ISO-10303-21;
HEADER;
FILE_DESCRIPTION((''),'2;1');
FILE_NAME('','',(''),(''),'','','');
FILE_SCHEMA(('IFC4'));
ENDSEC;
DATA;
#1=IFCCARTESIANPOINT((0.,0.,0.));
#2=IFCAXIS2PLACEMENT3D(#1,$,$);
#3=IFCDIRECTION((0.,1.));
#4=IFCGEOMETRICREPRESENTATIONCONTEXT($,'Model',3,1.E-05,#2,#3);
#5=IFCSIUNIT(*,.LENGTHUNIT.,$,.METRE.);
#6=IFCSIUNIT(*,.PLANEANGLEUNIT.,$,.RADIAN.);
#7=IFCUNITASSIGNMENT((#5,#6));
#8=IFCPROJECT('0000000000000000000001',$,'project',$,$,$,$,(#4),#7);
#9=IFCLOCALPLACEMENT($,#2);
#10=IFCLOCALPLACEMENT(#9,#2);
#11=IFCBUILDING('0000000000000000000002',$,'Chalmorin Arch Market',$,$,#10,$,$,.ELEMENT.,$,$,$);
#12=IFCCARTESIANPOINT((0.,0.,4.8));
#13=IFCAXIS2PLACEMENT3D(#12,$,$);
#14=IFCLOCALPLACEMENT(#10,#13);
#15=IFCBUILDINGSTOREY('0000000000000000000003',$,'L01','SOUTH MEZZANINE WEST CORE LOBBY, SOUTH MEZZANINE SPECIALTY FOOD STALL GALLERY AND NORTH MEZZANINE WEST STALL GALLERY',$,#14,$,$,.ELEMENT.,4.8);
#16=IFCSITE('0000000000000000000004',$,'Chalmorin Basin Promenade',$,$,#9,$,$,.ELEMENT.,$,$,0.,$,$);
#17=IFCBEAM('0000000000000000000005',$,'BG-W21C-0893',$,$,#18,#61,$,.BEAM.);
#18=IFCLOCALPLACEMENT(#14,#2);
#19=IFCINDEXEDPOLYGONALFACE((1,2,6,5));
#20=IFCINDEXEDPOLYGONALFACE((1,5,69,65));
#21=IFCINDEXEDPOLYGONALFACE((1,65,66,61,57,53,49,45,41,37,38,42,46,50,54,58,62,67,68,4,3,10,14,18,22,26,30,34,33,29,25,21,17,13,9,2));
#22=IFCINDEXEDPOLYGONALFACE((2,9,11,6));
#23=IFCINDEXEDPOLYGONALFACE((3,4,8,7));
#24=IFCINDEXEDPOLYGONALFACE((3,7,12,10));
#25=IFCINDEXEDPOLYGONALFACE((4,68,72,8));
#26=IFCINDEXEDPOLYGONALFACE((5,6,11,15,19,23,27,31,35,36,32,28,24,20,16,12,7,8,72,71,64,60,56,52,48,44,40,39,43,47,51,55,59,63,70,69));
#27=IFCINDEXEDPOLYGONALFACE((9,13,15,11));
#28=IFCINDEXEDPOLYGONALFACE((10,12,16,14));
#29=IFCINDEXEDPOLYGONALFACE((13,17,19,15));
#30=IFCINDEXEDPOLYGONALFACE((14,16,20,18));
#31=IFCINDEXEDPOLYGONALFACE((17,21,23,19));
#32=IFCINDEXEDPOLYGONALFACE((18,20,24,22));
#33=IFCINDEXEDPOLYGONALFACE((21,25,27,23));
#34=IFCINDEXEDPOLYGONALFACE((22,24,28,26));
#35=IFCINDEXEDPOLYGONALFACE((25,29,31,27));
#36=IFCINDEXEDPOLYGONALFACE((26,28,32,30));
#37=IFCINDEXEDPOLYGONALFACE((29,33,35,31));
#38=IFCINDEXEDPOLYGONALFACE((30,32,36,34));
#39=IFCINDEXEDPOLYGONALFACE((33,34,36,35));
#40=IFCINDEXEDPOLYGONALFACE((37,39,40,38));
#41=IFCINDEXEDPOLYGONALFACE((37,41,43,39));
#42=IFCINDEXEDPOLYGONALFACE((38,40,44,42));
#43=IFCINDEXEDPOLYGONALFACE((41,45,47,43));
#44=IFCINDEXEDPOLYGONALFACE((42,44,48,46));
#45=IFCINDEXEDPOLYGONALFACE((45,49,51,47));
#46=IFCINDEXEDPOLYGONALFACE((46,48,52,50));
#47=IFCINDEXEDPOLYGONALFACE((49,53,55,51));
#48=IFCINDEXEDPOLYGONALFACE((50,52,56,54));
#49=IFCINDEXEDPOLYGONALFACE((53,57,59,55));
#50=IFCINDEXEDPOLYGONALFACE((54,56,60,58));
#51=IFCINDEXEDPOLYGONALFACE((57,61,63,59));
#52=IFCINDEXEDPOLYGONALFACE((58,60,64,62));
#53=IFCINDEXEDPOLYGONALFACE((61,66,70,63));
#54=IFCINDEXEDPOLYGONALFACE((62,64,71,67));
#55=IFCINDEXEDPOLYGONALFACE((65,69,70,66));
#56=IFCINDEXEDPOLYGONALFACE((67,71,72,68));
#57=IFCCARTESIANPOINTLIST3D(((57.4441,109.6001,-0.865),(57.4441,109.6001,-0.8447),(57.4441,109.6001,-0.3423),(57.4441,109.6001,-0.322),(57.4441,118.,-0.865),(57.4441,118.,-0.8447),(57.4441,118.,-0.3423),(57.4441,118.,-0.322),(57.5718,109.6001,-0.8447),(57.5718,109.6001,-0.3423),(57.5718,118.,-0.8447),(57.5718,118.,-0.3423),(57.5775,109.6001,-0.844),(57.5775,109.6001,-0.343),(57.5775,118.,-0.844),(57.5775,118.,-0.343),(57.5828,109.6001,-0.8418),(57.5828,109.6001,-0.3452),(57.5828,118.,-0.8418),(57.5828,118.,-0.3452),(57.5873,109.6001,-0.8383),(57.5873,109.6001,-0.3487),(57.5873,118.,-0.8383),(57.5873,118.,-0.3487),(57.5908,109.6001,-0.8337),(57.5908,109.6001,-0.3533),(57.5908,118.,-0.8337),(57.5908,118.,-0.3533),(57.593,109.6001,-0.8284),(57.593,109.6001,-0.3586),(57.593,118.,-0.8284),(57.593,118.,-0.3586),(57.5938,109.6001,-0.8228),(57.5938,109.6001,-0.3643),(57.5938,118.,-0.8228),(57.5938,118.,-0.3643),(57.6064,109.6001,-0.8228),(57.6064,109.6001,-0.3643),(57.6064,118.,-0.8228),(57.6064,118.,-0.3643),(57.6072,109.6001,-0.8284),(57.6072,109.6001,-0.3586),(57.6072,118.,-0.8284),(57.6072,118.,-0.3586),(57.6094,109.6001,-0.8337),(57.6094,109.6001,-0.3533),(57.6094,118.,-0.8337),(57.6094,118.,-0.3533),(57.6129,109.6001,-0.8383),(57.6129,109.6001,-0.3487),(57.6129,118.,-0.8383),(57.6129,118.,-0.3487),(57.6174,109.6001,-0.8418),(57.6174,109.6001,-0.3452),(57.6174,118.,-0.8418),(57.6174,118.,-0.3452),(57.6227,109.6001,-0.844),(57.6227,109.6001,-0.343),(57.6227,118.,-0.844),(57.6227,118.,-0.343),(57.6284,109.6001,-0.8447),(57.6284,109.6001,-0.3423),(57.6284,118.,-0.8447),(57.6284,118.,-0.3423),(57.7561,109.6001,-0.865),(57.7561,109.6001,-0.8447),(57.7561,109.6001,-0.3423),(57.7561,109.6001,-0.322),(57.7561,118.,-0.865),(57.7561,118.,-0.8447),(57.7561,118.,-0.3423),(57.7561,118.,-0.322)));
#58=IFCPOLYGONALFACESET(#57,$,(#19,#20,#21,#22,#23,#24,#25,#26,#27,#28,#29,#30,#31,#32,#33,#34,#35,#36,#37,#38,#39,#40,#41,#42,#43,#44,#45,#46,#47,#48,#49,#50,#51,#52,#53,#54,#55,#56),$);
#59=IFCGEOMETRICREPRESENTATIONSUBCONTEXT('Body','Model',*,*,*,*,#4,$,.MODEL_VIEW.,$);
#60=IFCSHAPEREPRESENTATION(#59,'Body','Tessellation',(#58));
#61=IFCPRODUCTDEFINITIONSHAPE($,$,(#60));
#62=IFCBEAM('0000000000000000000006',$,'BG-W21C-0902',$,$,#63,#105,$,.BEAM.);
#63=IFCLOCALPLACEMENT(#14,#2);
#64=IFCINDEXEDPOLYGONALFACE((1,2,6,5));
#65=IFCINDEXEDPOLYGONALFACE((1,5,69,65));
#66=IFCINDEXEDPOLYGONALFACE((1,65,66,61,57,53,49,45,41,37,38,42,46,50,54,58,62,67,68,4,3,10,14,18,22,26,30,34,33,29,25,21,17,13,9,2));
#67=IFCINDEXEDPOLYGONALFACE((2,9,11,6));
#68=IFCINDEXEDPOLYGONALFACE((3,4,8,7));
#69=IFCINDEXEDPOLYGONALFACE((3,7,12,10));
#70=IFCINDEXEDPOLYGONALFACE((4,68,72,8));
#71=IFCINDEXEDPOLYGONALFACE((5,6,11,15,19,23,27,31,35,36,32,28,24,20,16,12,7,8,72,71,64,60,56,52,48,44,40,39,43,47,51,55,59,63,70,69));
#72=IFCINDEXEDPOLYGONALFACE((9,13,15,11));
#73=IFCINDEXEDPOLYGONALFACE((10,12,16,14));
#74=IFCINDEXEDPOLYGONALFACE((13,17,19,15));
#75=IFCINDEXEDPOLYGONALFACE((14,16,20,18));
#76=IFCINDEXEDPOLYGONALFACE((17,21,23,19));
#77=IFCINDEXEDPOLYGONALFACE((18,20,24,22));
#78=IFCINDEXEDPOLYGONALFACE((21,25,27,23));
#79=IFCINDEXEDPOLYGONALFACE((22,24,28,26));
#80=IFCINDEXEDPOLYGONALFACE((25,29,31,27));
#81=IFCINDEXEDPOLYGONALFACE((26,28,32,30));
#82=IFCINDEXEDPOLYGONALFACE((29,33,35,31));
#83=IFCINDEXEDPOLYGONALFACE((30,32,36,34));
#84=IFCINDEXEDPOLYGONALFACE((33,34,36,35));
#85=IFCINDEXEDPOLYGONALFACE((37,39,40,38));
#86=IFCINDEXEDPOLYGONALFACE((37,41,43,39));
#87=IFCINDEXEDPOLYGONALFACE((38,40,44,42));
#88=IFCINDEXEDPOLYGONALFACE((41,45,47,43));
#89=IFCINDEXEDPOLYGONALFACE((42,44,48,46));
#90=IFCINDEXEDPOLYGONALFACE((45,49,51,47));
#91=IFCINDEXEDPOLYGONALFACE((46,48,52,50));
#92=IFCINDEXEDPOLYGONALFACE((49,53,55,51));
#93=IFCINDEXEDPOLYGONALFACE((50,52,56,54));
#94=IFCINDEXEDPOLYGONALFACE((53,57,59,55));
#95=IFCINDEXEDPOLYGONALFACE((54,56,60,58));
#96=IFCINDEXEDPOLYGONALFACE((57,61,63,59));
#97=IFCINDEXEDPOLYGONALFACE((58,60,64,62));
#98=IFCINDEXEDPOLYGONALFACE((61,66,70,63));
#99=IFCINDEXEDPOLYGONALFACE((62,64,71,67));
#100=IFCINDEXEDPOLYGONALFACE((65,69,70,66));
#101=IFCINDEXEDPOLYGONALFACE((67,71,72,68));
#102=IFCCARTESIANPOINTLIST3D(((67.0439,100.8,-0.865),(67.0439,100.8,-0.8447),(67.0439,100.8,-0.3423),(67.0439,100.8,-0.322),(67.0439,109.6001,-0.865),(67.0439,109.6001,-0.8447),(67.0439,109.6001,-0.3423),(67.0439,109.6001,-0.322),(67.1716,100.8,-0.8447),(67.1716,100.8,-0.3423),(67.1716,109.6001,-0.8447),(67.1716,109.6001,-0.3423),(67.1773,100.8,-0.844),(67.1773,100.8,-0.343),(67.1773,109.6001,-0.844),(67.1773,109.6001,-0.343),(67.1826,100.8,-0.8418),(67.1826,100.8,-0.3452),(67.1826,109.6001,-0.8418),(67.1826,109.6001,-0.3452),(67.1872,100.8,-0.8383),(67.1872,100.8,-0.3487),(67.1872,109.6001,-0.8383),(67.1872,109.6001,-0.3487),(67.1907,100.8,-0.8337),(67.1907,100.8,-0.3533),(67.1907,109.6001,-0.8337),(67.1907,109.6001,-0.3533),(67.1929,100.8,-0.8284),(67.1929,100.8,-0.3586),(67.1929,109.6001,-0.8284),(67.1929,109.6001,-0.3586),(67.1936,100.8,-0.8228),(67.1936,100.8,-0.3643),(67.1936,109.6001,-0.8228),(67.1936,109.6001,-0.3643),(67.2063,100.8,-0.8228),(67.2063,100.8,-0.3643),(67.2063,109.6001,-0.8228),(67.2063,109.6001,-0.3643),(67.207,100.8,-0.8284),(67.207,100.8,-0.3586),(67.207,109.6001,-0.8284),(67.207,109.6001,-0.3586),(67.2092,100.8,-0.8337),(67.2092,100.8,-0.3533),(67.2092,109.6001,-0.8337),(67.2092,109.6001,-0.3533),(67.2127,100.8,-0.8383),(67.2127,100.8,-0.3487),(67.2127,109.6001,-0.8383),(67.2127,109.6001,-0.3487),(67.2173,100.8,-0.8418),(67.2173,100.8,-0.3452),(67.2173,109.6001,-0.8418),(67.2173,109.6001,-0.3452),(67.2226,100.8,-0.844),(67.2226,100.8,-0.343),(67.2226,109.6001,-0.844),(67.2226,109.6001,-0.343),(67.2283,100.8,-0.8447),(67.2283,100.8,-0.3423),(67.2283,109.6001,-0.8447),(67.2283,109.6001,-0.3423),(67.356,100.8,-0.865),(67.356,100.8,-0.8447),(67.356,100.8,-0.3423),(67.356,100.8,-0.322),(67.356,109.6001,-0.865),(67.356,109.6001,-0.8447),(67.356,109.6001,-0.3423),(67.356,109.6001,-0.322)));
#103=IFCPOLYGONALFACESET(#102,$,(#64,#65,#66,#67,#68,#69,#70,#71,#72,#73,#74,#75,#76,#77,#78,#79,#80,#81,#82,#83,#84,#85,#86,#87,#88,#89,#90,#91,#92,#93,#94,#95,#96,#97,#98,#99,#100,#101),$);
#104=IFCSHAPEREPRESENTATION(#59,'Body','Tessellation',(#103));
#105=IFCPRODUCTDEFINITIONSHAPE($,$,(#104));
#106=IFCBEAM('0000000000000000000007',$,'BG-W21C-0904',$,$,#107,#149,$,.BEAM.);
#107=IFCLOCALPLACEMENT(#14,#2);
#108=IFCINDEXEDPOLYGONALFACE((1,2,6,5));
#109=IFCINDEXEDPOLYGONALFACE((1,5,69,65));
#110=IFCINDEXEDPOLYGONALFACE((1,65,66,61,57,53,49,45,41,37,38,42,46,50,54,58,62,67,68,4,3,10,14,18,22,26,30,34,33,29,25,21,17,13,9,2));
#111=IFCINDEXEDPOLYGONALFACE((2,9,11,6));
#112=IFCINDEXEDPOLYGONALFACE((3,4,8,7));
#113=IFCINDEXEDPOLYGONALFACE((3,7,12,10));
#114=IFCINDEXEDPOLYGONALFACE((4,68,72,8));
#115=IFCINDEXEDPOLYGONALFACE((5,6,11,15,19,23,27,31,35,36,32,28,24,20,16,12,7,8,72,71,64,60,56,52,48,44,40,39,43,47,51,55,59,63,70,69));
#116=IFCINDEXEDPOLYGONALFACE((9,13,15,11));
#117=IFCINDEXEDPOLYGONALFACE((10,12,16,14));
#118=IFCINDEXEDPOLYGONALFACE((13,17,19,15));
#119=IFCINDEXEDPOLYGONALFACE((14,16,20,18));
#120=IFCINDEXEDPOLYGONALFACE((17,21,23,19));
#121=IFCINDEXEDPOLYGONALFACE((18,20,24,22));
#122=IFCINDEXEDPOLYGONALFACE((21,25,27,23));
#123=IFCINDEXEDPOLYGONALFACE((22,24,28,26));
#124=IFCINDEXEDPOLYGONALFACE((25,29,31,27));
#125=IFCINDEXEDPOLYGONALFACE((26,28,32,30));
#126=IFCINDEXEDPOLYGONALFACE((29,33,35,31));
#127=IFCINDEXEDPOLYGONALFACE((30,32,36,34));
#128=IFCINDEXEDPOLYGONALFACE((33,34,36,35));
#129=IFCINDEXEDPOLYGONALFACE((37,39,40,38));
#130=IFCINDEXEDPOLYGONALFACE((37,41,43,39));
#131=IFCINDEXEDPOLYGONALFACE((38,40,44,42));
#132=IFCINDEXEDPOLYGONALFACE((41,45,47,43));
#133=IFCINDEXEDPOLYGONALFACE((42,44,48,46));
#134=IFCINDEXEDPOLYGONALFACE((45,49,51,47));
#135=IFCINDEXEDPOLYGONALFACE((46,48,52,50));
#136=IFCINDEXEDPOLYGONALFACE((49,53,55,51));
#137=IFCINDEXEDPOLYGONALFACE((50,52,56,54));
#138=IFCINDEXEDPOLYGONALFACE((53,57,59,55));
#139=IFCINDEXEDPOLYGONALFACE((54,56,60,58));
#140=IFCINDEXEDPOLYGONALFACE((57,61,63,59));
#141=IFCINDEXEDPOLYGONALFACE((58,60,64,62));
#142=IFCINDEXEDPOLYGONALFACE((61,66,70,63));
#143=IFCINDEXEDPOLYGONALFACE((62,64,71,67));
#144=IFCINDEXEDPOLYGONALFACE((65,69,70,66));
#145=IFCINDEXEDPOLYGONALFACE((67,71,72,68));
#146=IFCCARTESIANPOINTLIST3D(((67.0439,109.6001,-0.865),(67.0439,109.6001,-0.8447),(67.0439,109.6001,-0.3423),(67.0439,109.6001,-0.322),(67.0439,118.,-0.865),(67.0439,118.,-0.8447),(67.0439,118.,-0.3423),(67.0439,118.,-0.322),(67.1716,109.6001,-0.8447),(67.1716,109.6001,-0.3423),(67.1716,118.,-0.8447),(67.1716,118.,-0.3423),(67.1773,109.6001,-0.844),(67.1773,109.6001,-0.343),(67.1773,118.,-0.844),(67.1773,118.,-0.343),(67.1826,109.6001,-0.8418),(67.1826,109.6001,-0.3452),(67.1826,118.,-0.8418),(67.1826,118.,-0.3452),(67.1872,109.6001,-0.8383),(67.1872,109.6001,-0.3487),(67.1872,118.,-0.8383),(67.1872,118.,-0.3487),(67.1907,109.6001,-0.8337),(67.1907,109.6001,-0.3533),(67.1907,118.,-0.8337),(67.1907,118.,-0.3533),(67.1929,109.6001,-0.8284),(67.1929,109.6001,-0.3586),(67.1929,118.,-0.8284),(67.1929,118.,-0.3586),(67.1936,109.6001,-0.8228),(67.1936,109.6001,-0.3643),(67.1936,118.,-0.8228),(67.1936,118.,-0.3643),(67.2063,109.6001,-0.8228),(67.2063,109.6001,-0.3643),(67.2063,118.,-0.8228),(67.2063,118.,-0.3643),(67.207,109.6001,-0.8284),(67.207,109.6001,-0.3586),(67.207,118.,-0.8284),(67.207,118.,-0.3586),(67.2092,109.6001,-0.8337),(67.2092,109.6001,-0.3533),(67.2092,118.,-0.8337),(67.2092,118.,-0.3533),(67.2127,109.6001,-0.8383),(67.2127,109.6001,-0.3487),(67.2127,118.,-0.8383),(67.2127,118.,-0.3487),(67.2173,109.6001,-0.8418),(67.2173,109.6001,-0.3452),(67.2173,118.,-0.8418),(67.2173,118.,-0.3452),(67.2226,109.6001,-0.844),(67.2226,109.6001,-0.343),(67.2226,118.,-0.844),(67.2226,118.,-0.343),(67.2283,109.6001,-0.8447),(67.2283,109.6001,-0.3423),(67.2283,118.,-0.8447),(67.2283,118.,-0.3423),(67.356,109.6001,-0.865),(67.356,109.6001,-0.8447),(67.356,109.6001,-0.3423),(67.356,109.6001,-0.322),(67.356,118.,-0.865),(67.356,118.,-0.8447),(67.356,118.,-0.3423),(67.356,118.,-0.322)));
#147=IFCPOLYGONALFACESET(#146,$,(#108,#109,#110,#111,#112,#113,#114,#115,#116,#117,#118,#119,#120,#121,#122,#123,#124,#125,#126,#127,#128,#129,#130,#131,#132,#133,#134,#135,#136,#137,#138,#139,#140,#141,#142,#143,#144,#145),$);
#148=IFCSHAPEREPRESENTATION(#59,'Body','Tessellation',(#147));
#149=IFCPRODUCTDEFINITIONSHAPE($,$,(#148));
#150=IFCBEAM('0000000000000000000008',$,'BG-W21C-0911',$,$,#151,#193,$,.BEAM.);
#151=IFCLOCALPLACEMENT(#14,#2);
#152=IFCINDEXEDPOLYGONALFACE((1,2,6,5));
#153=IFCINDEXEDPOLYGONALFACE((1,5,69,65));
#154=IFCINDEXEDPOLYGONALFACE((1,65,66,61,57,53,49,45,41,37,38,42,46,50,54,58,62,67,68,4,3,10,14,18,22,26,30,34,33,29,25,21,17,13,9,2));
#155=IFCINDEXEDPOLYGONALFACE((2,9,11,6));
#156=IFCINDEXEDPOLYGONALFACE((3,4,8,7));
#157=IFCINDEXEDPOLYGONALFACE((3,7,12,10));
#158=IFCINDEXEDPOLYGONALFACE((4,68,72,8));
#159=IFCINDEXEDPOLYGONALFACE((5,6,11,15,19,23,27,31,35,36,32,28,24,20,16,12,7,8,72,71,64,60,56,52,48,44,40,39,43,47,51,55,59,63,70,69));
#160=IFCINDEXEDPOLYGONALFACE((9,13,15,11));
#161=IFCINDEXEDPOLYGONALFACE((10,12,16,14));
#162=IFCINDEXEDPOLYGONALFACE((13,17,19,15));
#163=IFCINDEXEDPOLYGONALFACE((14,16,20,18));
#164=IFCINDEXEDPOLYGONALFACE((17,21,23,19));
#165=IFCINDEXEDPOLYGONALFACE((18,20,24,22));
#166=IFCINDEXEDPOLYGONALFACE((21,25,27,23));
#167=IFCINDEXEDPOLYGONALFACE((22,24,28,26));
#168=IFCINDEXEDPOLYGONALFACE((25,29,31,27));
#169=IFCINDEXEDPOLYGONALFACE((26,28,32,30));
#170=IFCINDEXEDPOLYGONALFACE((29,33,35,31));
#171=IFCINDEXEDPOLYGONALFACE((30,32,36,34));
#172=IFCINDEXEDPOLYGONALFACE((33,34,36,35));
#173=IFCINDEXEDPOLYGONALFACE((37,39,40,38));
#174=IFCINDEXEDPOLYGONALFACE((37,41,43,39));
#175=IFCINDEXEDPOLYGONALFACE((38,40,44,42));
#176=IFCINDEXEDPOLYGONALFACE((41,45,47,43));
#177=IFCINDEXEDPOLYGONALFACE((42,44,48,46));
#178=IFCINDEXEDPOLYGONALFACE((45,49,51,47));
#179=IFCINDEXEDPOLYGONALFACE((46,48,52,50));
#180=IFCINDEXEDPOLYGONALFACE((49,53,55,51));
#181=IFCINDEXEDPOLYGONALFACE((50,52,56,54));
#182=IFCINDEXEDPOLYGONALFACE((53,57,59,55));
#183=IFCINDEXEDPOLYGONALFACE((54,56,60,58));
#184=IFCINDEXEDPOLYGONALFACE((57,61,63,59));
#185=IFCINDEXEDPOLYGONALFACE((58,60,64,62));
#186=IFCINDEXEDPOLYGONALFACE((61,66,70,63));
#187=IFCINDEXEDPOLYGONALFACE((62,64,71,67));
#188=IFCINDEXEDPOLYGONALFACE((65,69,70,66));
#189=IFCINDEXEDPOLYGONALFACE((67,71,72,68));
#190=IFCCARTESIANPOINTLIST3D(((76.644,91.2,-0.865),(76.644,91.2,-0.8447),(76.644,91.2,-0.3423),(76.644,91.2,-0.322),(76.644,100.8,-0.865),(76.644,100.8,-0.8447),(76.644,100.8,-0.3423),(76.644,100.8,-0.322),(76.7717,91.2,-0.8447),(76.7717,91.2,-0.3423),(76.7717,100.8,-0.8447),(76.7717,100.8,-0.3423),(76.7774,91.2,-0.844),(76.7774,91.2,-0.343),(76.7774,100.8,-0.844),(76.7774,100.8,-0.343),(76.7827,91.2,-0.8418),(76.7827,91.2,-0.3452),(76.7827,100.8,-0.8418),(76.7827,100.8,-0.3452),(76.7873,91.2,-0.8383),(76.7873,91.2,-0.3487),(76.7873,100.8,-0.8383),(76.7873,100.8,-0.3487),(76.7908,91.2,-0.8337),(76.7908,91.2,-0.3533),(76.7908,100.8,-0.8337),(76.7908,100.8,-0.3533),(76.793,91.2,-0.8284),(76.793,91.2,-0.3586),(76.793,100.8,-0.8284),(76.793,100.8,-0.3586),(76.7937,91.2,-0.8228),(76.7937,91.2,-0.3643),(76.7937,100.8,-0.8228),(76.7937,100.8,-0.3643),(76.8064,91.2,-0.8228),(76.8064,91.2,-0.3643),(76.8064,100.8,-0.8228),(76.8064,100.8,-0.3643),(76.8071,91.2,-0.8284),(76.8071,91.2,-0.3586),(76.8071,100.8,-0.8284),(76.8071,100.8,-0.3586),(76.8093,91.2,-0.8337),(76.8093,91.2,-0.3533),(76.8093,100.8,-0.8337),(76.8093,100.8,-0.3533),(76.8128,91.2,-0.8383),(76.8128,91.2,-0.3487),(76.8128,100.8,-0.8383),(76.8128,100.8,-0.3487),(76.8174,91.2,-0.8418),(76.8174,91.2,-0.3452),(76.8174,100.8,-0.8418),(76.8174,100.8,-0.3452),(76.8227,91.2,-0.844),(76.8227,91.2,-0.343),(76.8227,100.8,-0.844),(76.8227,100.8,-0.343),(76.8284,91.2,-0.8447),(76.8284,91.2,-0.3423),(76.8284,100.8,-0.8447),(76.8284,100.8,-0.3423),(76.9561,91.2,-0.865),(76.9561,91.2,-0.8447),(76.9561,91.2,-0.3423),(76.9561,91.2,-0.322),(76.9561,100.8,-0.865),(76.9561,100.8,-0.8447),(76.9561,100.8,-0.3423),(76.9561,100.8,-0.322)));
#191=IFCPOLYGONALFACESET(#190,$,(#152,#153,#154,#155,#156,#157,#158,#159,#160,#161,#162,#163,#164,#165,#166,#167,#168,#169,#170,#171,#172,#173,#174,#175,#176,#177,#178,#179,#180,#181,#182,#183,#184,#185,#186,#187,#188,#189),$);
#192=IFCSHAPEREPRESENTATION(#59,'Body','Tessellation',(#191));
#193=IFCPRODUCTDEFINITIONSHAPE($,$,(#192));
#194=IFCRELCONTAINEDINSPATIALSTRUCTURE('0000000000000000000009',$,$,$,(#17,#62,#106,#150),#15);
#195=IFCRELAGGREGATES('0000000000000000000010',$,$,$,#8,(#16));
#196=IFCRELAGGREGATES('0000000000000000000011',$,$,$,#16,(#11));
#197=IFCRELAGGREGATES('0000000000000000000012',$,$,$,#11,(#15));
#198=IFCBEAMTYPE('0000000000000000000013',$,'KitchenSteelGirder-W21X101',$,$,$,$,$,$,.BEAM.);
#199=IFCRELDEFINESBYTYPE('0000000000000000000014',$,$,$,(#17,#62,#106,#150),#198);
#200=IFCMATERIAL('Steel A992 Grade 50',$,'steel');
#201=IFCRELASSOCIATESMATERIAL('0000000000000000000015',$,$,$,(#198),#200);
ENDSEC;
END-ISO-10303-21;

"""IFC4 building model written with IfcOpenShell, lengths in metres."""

from ifc_helpers import new_model, si_unit, direction, frame, origin, origin_2d, place, context, subcontext, project, spatial, i_section, extrude, material, material_profile, profile_set, type_object, element, save


model = new_model("IFC4")

# Units and contexts
model_context = context("Model", 3, precision=1e-05, world=origin(), true_north=direction((0.0, 1.0)))
body_context = subcontext(model_context, "Body", "Model", "MODEL_VIEW")
ifc_project = project(units=[si_unit("LENGTHUNIT", "METRE"), si_unit("PLANEANGLEUNIT", "RADIAN")], contexts=[model_context])

# Site, building, storey
site_placement = place(None, origin())
site = spatial("IfcSite", under=ifc_project, at=site_placement, Name="Chalmorin Basin Promenade", CompositionType="ELEMENT", RefElevation=0.0)
building_placement = place(site_placement, origin())
building = spatial("IfcBuilding", under=site, at=building_placement, Name="Chalmorin Arch Market", CompositionType="ELEMENT")
storey_placement = place(building_placement, frame((0.0, 0.0, 4.8)))
storey = spatial("IfcBuildingStorey", under=building, at=storey_placement, Name="L01", Description="SOUTH MEZZANINE WEST CORE LOBBY, SOUTH MEZZANINE SPECIALTY FOOD STALL GALLERY AND NORTH MEZZANINE WEST STALL GALLERY", CompositionType="ELEMENT", Elevation=4.8)

# Beams
ifc_material_1 = material(Name="Steel A992 Grade 50", Category="steel")
ifc_material_profile_1 = material_profile(ifc_material_1, i_section(OverallWidth=0.312, OverallDepth=0.543, WebThickness=0.0127, FlangeThickness=0.0203, FilletRadius=0.022, at=origin_2d()), Name="W21X101")
ifc_profile_set_1 = profile_set([ifc_material_profile_1], Name="Steel A992 Grade 50")
beam_type_1 = type_object("IfcBeamType", Name="KitchenSteelGirder-W21X101", PredefinedType="BEAM", material=ifc_profile_set_1)
beam_1_placement = place(storey_placement, frame((57.6001, 109.6001, -0.5935), z_axis=(0.0, 1.0, 0.0), x_axis=(-1.0, 0.0, 0.0)))
element("IfcBeam", 1, at=beam_1_placement, inside=storey, type_object=beam_type_1, Name="BG-W21C-0893", PredefinedType="BEAM", context=body_context, shape_type="SweptSolid", body=[
    extrude(i_section(OverallWidth=0.312, OverallDepth=0.543, WebThickness=0.0127, FlangeThickness=0.0203, FilletRadius=0.022, at=origin_2d()), origin(), (0.0, 0.0, 1.0), 8.3999),
])
beam_2_placement = place(storey_placement, frame((67.2, 100.8, -0.5935), z_axis=(0.0, 1.0, 0.0), x_axis=(-1.0, 0.0, 0.0)))
element("IfcBeam", 2, at=beam_2_placement, inside=storey, type_object=beam_type_1, Name="BG-W21C-0902", PredefinedType="BEAM", context=body_context, shape_type="SweptSolid", body=[
    extrude(i_section(OverallWidth=0.312, OverallDepth=0.543, WebThickness=0.0127, FlangeThickness=0.0203, FilletRadius=0.022, at=origin_2d()), origin(), (0.0, 0.0, 1.0), 8.8),
])
beam_3_placement = place(storey_placement, frame((67.2, 109.6001, -0.5935), z_axis=(0.0, 1.0, 0.0), x_axis=(-1.0, 0.0, 0.0)))
element("IfcBeam", 3, at=beam_3_placement, inside=storey, type_object=beam_type_1, Name="BG-W21C-0904", PredefinedType="BEAM", context=body_context, shape_type="SweptSolid", body=[
    extrude(i_section(OverallWidth=0.312, OverallDepth=0.543, WebThickness=0.0127, FlangeThickness=0.0203, FilletRadius=0.022, at=origin_2d()), origin(), (0.0, 0.0, 1.0), 8.3999),
])
beam_4_placement = place(storey_placement, frame((76.8, 91.2, -0.5935), z_axis=(0.0, 1.0, 0.0), x_axis=(-1.0, 0.0, 0.0)))
element("IfcBeam", 4, at=beam_4_placement, inside=storey, type_object=beam_type_1, Name="BG-W21C-0911", PredefinedType="BEAM", context=body_context, shape_type="SweptSolid", body=[
    extrude(i_section(OverallWidth=0.312, OverallDepth=0.543, WebThickness=0.0127, FlangeThickness=0.0203, FilletRadius=0.022, at=origin_2d()), origin(), (0.0, 0.0, 1.0), 9.6001),
])

save(model, "model.ifc")
